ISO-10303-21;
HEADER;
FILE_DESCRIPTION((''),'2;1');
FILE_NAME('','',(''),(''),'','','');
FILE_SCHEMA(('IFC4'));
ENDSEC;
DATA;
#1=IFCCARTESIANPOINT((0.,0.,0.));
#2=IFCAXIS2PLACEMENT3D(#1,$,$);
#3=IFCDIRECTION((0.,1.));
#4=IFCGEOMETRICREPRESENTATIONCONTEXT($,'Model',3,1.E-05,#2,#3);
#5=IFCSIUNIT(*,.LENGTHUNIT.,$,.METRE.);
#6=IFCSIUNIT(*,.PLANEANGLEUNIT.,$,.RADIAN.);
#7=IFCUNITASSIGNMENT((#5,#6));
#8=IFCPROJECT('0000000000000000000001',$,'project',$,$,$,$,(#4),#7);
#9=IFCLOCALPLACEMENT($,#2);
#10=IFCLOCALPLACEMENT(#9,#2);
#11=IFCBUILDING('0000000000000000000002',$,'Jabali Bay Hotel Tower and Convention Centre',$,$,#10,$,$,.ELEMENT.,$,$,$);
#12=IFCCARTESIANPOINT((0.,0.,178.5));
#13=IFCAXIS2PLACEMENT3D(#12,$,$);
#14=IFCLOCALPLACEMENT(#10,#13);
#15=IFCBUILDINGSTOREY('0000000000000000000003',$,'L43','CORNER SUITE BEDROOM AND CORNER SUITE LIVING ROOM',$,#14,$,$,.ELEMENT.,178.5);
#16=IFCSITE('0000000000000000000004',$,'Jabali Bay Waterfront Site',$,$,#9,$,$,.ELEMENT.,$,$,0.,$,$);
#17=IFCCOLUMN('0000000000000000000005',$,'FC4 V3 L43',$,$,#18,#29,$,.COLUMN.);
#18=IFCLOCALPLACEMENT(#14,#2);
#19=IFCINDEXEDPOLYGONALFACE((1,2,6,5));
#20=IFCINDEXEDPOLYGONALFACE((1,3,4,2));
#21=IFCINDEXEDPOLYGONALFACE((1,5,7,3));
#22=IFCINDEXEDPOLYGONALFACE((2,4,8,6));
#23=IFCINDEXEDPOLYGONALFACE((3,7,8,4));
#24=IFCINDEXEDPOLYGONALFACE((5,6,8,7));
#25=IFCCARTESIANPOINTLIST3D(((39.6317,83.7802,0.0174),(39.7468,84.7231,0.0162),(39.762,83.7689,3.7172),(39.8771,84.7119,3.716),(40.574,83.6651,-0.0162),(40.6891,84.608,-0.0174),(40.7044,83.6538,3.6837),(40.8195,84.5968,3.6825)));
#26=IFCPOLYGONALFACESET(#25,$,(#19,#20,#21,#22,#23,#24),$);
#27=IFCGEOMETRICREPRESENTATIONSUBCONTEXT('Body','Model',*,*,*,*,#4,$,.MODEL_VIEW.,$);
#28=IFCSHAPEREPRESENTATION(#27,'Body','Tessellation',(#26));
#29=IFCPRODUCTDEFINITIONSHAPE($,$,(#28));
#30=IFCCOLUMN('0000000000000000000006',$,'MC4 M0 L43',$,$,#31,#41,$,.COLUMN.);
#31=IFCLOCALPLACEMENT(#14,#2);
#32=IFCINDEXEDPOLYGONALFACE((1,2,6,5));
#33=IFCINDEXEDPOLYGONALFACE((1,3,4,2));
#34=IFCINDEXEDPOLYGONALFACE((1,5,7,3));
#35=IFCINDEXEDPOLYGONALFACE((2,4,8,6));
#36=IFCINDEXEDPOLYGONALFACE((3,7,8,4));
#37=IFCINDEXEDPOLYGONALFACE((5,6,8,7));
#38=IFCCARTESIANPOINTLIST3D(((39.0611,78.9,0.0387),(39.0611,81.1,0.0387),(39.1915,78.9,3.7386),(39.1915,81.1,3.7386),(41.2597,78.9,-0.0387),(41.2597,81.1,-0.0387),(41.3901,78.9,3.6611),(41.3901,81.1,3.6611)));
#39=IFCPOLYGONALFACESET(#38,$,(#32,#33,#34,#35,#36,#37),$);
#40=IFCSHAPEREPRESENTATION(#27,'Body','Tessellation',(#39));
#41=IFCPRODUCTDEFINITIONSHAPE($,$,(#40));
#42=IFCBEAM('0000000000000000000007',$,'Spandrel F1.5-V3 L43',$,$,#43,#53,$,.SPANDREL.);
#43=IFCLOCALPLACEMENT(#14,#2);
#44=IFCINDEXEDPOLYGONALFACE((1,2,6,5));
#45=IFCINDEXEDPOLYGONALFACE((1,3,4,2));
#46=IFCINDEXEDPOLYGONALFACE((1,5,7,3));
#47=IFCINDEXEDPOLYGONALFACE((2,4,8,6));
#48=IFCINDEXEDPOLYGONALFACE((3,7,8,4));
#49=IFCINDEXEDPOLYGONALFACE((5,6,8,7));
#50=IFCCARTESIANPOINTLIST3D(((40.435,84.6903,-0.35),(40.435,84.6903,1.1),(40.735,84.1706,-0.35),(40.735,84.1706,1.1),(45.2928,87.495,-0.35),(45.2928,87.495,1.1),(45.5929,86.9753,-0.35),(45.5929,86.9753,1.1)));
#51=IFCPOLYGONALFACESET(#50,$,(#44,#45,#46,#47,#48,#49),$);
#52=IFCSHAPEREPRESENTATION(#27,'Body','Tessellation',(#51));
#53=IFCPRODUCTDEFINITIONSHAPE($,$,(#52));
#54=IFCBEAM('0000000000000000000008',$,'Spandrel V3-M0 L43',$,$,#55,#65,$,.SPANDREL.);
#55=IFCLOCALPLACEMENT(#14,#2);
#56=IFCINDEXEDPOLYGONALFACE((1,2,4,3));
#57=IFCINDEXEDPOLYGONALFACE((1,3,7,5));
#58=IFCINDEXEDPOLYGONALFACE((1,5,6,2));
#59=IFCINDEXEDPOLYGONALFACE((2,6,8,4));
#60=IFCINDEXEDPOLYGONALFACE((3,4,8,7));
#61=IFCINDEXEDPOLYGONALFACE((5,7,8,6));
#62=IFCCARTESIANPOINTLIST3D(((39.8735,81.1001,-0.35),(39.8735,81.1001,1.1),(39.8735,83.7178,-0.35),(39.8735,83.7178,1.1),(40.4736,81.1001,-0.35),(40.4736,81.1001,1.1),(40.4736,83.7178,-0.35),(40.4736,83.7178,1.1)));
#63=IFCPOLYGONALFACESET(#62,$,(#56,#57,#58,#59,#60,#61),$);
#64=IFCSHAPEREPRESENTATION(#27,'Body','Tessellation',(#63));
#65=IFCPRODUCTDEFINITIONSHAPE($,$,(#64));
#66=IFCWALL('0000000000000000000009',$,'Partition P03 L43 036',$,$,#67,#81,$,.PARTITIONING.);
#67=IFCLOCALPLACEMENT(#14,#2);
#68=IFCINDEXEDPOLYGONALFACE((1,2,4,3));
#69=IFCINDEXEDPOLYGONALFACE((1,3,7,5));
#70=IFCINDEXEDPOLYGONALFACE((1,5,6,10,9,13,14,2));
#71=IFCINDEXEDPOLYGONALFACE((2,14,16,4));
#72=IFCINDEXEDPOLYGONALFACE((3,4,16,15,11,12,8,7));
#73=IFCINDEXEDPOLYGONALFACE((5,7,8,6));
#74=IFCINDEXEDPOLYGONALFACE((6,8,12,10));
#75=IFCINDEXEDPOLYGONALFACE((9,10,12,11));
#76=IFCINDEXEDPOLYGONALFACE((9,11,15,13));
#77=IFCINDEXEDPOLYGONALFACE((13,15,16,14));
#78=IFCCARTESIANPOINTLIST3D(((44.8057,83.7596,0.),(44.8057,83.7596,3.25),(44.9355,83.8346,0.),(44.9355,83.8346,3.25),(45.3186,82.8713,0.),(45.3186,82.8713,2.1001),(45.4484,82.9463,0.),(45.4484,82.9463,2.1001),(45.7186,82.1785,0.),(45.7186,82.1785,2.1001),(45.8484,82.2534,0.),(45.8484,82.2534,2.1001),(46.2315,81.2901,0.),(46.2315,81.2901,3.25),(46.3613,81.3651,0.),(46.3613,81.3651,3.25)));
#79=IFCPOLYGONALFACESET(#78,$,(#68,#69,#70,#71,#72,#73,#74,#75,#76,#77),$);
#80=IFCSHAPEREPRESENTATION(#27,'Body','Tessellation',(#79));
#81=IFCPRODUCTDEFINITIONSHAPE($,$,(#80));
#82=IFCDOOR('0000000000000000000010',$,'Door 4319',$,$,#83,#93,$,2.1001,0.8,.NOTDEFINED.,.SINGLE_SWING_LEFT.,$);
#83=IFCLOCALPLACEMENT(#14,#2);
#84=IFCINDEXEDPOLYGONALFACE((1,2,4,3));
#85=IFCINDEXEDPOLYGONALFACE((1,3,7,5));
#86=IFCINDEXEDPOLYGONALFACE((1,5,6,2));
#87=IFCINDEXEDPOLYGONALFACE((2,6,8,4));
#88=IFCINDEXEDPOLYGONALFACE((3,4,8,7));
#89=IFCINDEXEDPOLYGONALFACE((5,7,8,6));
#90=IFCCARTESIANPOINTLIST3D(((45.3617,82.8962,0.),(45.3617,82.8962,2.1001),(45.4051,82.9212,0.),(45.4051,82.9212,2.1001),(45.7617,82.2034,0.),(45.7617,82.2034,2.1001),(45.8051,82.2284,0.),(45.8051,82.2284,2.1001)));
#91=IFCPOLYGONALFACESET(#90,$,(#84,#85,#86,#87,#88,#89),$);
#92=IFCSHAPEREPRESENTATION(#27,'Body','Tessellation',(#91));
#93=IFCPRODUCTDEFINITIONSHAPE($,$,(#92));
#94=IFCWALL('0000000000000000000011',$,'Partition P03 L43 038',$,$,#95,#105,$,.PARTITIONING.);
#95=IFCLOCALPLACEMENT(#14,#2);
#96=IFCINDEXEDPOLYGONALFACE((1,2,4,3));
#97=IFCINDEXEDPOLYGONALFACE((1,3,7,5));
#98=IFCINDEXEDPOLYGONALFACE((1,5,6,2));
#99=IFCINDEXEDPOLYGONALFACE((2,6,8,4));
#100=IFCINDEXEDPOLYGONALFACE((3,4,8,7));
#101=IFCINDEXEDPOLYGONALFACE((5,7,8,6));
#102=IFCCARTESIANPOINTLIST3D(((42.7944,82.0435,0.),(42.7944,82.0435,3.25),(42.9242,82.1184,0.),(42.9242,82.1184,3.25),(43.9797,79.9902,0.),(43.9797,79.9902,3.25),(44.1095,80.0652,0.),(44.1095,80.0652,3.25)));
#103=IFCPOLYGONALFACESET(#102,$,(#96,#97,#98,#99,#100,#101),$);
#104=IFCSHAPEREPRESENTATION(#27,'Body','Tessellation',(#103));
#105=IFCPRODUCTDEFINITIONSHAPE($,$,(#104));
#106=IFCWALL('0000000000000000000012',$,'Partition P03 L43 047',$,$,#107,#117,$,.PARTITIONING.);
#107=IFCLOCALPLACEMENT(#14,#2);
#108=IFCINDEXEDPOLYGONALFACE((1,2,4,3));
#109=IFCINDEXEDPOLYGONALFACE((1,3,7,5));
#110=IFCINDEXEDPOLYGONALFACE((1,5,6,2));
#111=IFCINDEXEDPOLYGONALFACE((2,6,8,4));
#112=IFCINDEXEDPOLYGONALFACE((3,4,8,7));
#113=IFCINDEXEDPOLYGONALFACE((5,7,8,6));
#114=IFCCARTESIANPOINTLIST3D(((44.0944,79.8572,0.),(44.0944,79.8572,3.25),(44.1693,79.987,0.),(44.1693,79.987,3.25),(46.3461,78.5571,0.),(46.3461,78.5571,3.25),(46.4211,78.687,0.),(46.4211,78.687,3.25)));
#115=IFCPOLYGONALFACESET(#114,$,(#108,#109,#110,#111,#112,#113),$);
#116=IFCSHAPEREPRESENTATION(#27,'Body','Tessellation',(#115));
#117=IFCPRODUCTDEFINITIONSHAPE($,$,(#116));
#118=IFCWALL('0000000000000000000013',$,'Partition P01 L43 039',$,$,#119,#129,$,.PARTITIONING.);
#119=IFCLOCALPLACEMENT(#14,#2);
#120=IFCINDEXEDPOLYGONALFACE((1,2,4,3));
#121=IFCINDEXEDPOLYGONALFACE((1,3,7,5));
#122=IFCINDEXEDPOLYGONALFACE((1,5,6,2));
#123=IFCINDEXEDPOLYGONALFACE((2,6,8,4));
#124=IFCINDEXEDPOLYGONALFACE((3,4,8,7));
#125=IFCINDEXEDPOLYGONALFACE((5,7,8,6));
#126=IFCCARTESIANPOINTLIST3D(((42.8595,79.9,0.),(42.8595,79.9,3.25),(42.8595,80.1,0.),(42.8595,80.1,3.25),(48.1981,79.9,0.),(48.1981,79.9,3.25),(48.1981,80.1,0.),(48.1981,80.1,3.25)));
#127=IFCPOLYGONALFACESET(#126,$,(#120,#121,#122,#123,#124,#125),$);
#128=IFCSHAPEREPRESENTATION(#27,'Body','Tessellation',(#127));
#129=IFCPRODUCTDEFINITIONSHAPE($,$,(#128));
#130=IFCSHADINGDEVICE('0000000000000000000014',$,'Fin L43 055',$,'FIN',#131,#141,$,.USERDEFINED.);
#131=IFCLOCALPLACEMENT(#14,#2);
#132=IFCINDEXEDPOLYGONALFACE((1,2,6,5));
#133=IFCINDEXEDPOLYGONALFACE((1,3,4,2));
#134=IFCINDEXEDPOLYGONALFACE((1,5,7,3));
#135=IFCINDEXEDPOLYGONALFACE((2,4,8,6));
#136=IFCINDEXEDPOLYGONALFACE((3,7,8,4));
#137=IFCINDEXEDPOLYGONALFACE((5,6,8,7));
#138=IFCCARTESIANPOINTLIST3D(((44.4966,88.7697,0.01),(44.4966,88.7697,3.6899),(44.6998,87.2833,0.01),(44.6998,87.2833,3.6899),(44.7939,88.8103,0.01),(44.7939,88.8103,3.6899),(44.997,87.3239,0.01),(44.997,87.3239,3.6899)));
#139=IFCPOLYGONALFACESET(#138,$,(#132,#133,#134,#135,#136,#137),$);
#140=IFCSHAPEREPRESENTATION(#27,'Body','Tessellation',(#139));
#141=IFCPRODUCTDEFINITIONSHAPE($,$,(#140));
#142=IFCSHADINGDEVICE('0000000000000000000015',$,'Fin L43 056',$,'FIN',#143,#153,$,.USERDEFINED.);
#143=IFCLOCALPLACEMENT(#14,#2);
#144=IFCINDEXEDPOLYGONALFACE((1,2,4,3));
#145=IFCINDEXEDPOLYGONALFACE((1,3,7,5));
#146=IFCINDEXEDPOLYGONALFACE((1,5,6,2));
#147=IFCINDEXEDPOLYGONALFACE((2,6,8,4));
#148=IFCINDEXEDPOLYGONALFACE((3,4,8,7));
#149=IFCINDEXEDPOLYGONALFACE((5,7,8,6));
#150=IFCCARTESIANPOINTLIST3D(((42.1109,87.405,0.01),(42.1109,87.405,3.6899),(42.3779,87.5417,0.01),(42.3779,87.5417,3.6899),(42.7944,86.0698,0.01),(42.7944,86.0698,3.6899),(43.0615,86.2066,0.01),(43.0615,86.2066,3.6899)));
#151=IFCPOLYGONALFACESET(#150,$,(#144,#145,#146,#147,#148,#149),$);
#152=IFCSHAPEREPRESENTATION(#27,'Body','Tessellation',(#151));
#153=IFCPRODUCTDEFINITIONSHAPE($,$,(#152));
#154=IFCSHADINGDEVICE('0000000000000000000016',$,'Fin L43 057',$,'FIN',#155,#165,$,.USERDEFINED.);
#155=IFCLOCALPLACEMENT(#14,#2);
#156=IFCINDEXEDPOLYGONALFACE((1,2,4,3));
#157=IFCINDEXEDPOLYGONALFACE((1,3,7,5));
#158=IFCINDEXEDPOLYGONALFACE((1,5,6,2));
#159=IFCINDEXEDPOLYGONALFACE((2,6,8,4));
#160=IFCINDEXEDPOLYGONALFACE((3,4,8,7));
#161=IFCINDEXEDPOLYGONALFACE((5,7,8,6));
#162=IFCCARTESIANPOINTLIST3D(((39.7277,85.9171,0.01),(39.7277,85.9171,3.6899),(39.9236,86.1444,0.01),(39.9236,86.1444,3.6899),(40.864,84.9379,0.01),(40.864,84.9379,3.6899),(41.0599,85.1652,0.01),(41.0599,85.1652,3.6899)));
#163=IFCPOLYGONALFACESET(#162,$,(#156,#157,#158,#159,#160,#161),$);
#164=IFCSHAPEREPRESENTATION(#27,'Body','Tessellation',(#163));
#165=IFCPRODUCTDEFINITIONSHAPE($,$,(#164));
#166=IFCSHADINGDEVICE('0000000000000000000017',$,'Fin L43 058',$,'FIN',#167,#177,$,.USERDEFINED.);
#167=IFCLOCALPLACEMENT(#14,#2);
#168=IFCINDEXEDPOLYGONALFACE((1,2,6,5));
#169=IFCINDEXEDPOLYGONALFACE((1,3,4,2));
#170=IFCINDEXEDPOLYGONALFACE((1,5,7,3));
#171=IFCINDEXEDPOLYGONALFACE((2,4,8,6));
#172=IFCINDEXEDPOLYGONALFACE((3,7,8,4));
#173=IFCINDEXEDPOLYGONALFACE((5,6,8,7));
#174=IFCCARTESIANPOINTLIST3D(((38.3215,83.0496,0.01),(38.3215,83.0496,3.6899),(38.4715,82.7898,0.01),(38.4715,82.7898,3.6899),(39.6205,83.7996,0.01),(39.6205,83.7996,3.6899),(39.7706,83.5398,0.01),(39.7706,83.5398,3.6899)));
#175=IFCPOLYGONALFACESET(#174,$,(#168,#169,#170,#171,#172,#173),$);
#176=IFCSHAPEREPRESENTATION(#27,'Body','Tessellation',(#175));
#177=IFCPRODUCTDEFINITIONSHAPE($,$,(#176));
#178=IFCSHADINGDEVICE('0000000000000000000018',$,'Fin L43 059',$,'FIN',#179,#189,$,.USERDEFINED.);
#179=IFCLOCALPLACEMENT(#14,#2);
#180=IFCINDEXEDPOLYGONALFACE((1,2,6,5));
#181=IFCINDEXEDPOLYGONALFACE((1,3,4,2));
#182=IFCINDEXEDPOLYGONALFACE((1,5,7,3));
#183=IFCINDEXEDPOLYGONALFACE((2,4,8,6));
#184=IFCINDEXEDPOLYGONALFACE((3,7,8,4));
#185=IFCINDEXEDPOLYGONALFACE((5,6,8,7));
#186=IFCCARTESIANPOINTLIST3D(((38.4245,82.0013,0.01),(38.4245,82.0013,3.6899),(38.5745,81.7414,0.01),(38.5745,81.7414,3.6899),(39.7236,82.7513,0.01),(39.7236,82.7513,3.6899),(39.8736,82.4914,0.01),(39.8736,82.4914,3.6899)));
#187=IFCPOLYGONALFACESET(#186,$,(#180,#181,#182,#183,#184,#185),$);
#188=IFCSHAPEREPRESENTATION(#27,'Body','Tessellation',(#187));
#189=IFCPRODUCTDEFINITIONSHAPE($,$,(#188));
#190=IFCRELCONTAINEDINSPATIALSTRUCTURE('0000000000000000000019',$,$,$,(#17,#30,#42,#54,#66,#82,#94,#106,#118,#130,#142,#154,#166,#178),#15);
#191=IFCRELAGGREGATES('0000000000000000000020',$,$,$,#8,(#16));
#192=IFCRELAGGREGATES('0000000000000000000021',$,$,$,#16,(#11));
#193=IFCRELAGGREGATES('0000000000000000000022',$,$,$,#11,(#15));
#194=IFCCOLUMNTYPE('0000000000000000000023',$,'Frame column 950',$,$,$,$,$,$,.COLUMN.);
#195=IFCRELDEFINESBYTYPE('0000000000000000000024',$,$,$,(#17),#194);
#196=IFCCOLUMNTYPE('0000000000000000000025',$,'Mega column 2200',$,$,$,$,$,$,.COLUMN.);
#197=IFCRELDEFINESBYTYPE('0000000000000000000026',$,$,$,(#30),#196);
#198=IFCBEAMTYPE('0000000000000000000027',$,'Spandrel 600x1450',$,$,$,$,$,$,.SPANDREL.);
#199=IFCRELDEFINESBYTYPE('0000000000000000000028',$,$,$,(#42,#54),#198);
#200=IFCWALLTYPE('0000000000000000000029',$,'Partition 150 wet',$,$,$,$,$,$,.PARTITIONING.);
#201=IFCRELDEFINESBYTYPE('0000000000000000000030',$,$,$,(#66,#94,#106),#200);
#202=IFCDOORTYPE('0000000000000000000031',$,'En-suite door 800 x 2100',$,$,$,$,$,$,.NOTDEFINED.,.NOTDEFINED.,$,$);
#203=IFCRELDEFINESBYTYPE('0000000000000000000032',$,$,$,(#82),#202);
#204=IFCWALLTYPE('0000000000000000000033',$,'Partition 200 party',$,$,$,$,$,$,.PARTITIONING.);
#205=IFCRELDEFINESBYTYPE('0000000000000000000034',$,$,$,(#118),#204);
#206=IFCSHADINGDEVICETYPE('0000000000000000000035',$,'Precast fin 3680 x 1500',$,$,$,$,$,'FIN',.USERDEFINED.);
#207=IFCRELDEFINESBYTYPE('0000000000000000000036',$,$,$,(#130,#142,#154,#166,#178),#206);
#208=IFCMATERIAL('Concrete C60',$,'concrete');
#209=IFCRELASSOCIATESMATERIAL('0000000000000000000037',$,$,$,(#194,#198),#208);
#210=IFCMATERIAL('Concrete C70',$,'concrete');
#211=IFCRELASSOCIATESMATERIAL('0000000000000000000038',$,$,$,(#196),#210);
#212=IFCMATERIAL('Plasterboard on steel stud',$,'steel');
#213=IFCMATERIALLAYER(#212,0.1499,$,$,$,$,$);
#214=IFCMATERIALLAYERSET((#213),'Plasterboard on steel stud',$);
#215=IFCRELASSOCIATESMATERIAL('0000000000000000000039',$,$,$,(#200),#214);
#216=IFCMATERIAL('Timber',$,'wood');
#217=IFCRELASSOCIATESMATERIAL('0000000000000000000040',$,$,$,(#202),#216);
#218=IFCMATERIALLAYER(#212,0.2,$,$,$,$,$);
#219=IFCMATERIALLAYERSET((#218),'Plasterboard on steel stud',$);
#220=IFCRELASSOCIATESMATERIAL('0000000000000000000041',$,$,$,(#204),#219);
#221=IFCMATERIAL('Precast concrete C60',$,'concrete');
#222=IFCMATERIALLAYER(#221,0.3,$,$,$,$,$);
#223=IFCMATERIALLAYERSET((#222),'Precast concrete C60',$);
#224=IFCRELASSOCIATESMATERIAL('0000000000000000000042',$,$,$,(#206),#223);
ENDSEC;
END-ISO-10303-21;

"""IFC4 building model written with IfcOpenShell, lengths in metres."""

from ifc_helpers import new_model, si_unit, direction, frame, frame_2d, origin, origin_2d, place, context, subcontext, project, spatial, rectangle, extrude, material, layer, layer_set, material_profile, profile_set, type_object, element, fill, save


model = new_model("IFC4")

# Units and contexts
model_context = context("Model", 3, precision=1e-05, world=origin(), true_north=direction((0.0, 1.0)))
body_context = subcontext(model_context, "Body", "Model", "MODEL_VIEW")
ifc_project = project(units=[si_unit("LENGTHUNIT", "METRE"), si_unit("PLANEANGLEUNIT", "RADIAN")], contexts=[model_context])

# Site, building, storey
site_placement = place(None, origin())
site = spatial("IfcSite", under=ifc_project, at=site_placement, Name="Jabali Bay Waterfront Site", CompositionType="ELEMENT", RefElevation=0.0)
building_placement = place(site_placement, origin())
building = spatial("IfcBuilding", under=site, at=building_placement, Name="Jabali Bay Hotel Tower and Convention Centre", CompositionType="ELEMENT")
storey_placement = place(building_placement, frame((0.0, 0.0, 178.5)))
storey = spatial("IfcBuildingStorey", under=building, at=storey_placement, Name="L43", Description="CORNER SUITE BEDROOM AND CORNER SUITE LIVING ROOM", CompositionType="ELEMENT", Elevation=178.5)

# Columns
ifc_material_1 = material(Name="Concrete C60", Category="concrete")
ifc_material_profile_1 = material_profile(ifc_material_1, rectangle(XDim=0.95, YDim=0.95, at=origin_2d()), Name="Frame column 950")
ifc_profile_set_1 = profile_set([ifc_material_profile_1], Name="Concrete C60")
column_type_1 = type_object("IfcColumnType", Name="Frame column 950", PredefinedType="COLUMN", material=ifc_profile_set_1)
column_1_placement = place(storey_placement, frame((40.1604, 84.1941, 0.0), z_axis=(0.035214, -0.003033, 0.999375), x_axis=(-0.992006, 0.121147, 0.035322)))
element("IfcColumn", 1, at=column_1_placement, inside=storey, type_object=column_type_1, Name="FC4 V3 L43", PredefinedType="COLUMN", context=body_context, shape_type="SweptSolid", body=[
    extrude(rectangle(XDim=0.95, YDim=0.95, at=origin_2d()), origin(), (0.0, 0.0, 1.0), 3.7021),
])
ifc_material_2 = material(Name="Concrete C70", Category="concrete")
ifc_material_profile_2 = material_profile(ifc_material_2, rectangle(XDim=2.2, YDim=2.2, at=origin_2d()), Name="Mega column 2200")
ifc_profile_set_2 = profile_set([ifc_material_profile_2], Name="Concrete C70")
column_type_2 = type_object("IfcColumnType", Name="Mega column 2200", PredefinedType="COLUMN", material=ifc_profile_set_2)
column_2_placement = place(storey_placement, frame((40.1604, 80.0, 0.0), z_axis=(0.035214, 0.0, 0.99938), x_axis=(0.0, 1.0, 0.0)))
element("IfcColumn", 2, at=column_2_placement, inside=storey, type_object=column_type_2, Name="MC4 M0 L43", PredefinedType="COLUMN", context=body_context, shape_type="SweptSolid", body=[
    extrude(rectangle(XDim=2.2, YDim=2.2, at=origin_2d()), origin(), (0.0, 0.0, 1.0), 3.7021),
])

# Beams
ifc_material_profile_3 = material_profile(ifc_material_1, rectangle(XDim=0.6001, YDim=1.45, at=origin_2d()), Name="Spandrel 600x1450")
ifc_profile_set_3 = profile_set([ifc_material_profile_3], Name="Concrete C60")
beam_type = type_object("IfcBeamType", Name="Spandrel 600x1450", PredefinedType="SPANDREL", material=ifc_profile_set_3)
beam_1_placement = place(storey_placement, frame((45.4429, 87.2351, 0.375), z_axis=(-0.866028, -0.499996, 0.0), x_axis=(0.499996, -0.866028, 0.0)))
element("IfcBeam", 3, at=beam_1_placement, inside=storey, type_object=beam_type, Name="Spandrel F1.5-V3 L43", PredefinedType="SPANDREL", context=body_context, shape_type="SweptSolid", body=[
    extrude(rectangle(XDim=0.6001, YDim=1.45, at=origin_2d()), origin(), (0.0, 0.0, 1.0), 5.6094),
])
beam_2_placement = place(storey_placement, frame((40.1736, 83.7178, 0.375), z_axis=(0.0, -1.0, 0.0), x_axis=(1.0, 0.0, 0.0)))
element("IfcBeam", 4, at=beam_2_placement, inside=storey, type_object=beam_type, Name="Spandrel V3-M0 L43", PredefinedType="SPANDREL", context=body_context, shape_type="SweptSolid", body=[
    extrude(rectangle(XDim=0.6001, YDim=1.45, at=origin_2d()), origin(), (0.0, 0.0, 1.0), 2.6177),
])

# Wall, opening, door
ifc_material_3 = material(Name="Plasterboard on steel stud", Category="steel")
ifc_layer_1 = layer(ifc_material_3, 0.1499)
ifc_layer_set_1 = layer_set([ifc_layer_1], Name="Plasterboard on steel stud")
wall_type_1 = type_object("IfcWallType", Name="Partition 150 wet", PredefinedType="PARTITIONING", material=ifc_layer_set_1)
wall_1_placement = place(storey_placement, frame((44.8706, 83.7971, 0.0), z_axis=(0.0, 0.0, 1.0), x_axis=(0.500007, -0.866022, 0.0)))
wall_1 = element("IfcWall", 5, at=wall_1_placement, inside=storey, type_object=wall_type_1, Name="Partition P03 L43 036", PredefinedType="PARTITIONING", context=body_context, shape_type="SweptSolid", body=[
    extrude(rectangle(XDim=2.8516, YDim=0.1499, at=frame_2d((1.4258, 0.0))), origin(), (0.0, 0.0, 1.0), 3.25),
])
opening_1_placement = place(wall_1_placement, frame((1.0259, 0.0, 0.0)))
opening_1 = element("IfcOpeningElement", 6, at=opening_1_placement, cuts=wall_1, PredefinedType="OPENING", context=body_context, shape_type="SweptSolid", body=[
    extrude(rectangle(XDim=0.8, YDim=2.1001, at=frame_2d((0.3999, 1.05))), frame((0.0, 0.0854, 0.0), z_axis=(0.0, -1.0, 0.0), x_axis=(1.0, 0.0, 0.0)), (0.0, 0.0, 1.0), 0.1709),
])
ifc_material_4 = material(Name="Timber", Category="wood")
door_type_1 = type_object("IfcDoorType", Name="En-suite door 800 x 2100", OperationType="NOTDEFINED", PredefinedType="NOTDEFINED", material=ifc_material_4)
door_1_placement = place(opening_1_placement, origin())
door_1 = element("IfcDoor", 7, at=door_1_placement, inside=storey, type_object=door_type_1, Name="Door 4319", OperationType="SINGLE_SWING_LEFT", OverallHeight=2.1001, OverallWidth=0.8, PredefinedType="NOTDEFINED", context=body_context, shape_type="SweptSolid", body=[
    extrude(rectangle(XDim=0.8, YDim=2.1001, at=frame_2d((0.3999, 1.05))), frame((0.0, 0.0249, 0.0), z_axis=(0.0, -1.0, 0.0), x_axis=(1.0, 0.0, 0.0)), (0.0, 0.0, 1.0), 0.05),
])
fill(opening_1, door_1)

# Walls
wall_2_placement = place(storey_placement, frame((44.0447, 80.0276, 0.0), z_axis=(0.0, 0.0, 1.0), x_axis=(-0.49996, 0.866048, 0.0)))
element("IfcWall", 8, at=wall_2_placement, inside=storey, type_object=wall_type_1, Name="Partition P03 L43 038", PredefinedType="PARTITIONING", context=body_context, shape_type="SweptSolid", body=[
    extrude(rectangle(XDim=2.3708, YDim=0.1499, at=frame_2d((1.1855, 0.0))), origin(), (0.0, 0.0, 1.0), 3.25),
])
wall_3_placement = place(storey_placement, frame((44.1318, 79.9221, 0.0), z_axis=(0.0, 0.0, 1.0), x_axis=(0.866021, -0.500007, 0.0)))
element("IfcWall", 9, at=wall_3_placement, inside=storey, type_object=wall_type_1, Name="Partition P03 L43 047", PredefinedType="PARTITIONING", context=body_context, shape_type="SweptSolid", body=[
    extrude(rectangle(XDim=2.6001, YDim=0.1499, at=frame_2d((1.3, 0.0))), origin(), (0.0, 0.0, 1.0), 3.25),
])
ifc_layer_2 = layer(ifc_material_3, 0.2)
ifc_layer_set_2 = layer_set([ifc_layer_2], Name="Plasterboard on steel stud")
wall_type_2 = type_object("IfcWallType", Name="Partition 200 party", PredefinedType="PARTITIONING", material=ifc_layer_set_2)
wall_4_placement = place(storey_placement, frame((42.8594, 80.0, 0.0), z_axis=(0.0, 0.0, 1.0), x_axis=(1.0, 0.0, 0.0)))
element("IfcWall", 10, at=wall_4_placement, inside=storey, type_object=wall_type_2, Name="Partition P01 L43 039", PredefinedType="PARTITIONING", context=body_context, shape_type="SweptSolid", body=[
    extrude(rectangle(XDim=5.3386, YDim=0.2, at=frame_2d((2.6694, 0.0))), origin(), (0.0, 0.0, 1.0), 3.25),
])

# Shading devices
ifc_material_5 = material(Name="Precast concrete C60", Category="concrete")
ifc_layer_3 = layer(ifc_material_5, 0.3)
ifc_layer_set_3 = layer_set([ifc_layer_3], Name="Precast concrete C60")
shading_device_type = type_object("IfcShadingDeviceType", Name="Precast fin 3680 x 1500", ElementType="FIN", PredefinedType="USERDEFINED", material=ifc_layer_set_3)
shading_device_1_placement = place(storey_placement, frame((44.8484, 87.3037, 0.01), z_axis=(0.0, 0.0, 1.0), x_axis=(-0.135404, 0.990791, 0.0)))
element("IfcShadingDevice", 11, at=shading_device_1_placement, inside=storey, type_object=shading_device_type, Name="Fin L43 055", ObjectType="FIN", PredefinedType="USERDEFINED", context=body_context, shape_type="SweptSolid", body=[
    extrude(rectangle(XDim=1.5002, YDim=0.3, at=frame_2d((0.75, 0.0))), origin(), (0.0, 0.0, 1.0), 3.6799),
])
for number, where, z_axis, x_axis, name in (
    (12, (42.928, 86.1382, 0.01), (0.0, 0.0, 1.0), (-0.455722, 0.890122, 0.0), "Fin L43 056"),
    (13, (40.9619, 85.0515, 0.01), (0.0, 0.0, 1.0), (-0.757496, 0.65284, 0.0), "Fin L43 057"),
    (14, (39.6956, 83.6697, 0.01), (0.0, 0.0, 1.0), (-0.866031, -0.49999, 0.0), "Fin L43 058"),
    (15, (39.7986, 82.6213, 0.01), (0.0, 0.0, 1.0), (-0.866031, -0.49999, 0.0), "Fin L43 059"),
):
    element("IfcShadingDevice", number, at=place(storey_placement, frame(where, z_axis=z_axis, x_axis=x_axis)), inside=storey, type_object=shading_device_type, Name=name, ObjectType="FIN", PredefinedType="USERDEFINED", context=body_context, shape_type="SweptSolid", body=[
        extrude(rectangle(XDim=1.5, YDim=0.3, at=frame_2d((0.75, 0.0))), origin(), (0.0, 0.0, 1.0), 3.6799),
    ])

save(model, "model.ifc")
